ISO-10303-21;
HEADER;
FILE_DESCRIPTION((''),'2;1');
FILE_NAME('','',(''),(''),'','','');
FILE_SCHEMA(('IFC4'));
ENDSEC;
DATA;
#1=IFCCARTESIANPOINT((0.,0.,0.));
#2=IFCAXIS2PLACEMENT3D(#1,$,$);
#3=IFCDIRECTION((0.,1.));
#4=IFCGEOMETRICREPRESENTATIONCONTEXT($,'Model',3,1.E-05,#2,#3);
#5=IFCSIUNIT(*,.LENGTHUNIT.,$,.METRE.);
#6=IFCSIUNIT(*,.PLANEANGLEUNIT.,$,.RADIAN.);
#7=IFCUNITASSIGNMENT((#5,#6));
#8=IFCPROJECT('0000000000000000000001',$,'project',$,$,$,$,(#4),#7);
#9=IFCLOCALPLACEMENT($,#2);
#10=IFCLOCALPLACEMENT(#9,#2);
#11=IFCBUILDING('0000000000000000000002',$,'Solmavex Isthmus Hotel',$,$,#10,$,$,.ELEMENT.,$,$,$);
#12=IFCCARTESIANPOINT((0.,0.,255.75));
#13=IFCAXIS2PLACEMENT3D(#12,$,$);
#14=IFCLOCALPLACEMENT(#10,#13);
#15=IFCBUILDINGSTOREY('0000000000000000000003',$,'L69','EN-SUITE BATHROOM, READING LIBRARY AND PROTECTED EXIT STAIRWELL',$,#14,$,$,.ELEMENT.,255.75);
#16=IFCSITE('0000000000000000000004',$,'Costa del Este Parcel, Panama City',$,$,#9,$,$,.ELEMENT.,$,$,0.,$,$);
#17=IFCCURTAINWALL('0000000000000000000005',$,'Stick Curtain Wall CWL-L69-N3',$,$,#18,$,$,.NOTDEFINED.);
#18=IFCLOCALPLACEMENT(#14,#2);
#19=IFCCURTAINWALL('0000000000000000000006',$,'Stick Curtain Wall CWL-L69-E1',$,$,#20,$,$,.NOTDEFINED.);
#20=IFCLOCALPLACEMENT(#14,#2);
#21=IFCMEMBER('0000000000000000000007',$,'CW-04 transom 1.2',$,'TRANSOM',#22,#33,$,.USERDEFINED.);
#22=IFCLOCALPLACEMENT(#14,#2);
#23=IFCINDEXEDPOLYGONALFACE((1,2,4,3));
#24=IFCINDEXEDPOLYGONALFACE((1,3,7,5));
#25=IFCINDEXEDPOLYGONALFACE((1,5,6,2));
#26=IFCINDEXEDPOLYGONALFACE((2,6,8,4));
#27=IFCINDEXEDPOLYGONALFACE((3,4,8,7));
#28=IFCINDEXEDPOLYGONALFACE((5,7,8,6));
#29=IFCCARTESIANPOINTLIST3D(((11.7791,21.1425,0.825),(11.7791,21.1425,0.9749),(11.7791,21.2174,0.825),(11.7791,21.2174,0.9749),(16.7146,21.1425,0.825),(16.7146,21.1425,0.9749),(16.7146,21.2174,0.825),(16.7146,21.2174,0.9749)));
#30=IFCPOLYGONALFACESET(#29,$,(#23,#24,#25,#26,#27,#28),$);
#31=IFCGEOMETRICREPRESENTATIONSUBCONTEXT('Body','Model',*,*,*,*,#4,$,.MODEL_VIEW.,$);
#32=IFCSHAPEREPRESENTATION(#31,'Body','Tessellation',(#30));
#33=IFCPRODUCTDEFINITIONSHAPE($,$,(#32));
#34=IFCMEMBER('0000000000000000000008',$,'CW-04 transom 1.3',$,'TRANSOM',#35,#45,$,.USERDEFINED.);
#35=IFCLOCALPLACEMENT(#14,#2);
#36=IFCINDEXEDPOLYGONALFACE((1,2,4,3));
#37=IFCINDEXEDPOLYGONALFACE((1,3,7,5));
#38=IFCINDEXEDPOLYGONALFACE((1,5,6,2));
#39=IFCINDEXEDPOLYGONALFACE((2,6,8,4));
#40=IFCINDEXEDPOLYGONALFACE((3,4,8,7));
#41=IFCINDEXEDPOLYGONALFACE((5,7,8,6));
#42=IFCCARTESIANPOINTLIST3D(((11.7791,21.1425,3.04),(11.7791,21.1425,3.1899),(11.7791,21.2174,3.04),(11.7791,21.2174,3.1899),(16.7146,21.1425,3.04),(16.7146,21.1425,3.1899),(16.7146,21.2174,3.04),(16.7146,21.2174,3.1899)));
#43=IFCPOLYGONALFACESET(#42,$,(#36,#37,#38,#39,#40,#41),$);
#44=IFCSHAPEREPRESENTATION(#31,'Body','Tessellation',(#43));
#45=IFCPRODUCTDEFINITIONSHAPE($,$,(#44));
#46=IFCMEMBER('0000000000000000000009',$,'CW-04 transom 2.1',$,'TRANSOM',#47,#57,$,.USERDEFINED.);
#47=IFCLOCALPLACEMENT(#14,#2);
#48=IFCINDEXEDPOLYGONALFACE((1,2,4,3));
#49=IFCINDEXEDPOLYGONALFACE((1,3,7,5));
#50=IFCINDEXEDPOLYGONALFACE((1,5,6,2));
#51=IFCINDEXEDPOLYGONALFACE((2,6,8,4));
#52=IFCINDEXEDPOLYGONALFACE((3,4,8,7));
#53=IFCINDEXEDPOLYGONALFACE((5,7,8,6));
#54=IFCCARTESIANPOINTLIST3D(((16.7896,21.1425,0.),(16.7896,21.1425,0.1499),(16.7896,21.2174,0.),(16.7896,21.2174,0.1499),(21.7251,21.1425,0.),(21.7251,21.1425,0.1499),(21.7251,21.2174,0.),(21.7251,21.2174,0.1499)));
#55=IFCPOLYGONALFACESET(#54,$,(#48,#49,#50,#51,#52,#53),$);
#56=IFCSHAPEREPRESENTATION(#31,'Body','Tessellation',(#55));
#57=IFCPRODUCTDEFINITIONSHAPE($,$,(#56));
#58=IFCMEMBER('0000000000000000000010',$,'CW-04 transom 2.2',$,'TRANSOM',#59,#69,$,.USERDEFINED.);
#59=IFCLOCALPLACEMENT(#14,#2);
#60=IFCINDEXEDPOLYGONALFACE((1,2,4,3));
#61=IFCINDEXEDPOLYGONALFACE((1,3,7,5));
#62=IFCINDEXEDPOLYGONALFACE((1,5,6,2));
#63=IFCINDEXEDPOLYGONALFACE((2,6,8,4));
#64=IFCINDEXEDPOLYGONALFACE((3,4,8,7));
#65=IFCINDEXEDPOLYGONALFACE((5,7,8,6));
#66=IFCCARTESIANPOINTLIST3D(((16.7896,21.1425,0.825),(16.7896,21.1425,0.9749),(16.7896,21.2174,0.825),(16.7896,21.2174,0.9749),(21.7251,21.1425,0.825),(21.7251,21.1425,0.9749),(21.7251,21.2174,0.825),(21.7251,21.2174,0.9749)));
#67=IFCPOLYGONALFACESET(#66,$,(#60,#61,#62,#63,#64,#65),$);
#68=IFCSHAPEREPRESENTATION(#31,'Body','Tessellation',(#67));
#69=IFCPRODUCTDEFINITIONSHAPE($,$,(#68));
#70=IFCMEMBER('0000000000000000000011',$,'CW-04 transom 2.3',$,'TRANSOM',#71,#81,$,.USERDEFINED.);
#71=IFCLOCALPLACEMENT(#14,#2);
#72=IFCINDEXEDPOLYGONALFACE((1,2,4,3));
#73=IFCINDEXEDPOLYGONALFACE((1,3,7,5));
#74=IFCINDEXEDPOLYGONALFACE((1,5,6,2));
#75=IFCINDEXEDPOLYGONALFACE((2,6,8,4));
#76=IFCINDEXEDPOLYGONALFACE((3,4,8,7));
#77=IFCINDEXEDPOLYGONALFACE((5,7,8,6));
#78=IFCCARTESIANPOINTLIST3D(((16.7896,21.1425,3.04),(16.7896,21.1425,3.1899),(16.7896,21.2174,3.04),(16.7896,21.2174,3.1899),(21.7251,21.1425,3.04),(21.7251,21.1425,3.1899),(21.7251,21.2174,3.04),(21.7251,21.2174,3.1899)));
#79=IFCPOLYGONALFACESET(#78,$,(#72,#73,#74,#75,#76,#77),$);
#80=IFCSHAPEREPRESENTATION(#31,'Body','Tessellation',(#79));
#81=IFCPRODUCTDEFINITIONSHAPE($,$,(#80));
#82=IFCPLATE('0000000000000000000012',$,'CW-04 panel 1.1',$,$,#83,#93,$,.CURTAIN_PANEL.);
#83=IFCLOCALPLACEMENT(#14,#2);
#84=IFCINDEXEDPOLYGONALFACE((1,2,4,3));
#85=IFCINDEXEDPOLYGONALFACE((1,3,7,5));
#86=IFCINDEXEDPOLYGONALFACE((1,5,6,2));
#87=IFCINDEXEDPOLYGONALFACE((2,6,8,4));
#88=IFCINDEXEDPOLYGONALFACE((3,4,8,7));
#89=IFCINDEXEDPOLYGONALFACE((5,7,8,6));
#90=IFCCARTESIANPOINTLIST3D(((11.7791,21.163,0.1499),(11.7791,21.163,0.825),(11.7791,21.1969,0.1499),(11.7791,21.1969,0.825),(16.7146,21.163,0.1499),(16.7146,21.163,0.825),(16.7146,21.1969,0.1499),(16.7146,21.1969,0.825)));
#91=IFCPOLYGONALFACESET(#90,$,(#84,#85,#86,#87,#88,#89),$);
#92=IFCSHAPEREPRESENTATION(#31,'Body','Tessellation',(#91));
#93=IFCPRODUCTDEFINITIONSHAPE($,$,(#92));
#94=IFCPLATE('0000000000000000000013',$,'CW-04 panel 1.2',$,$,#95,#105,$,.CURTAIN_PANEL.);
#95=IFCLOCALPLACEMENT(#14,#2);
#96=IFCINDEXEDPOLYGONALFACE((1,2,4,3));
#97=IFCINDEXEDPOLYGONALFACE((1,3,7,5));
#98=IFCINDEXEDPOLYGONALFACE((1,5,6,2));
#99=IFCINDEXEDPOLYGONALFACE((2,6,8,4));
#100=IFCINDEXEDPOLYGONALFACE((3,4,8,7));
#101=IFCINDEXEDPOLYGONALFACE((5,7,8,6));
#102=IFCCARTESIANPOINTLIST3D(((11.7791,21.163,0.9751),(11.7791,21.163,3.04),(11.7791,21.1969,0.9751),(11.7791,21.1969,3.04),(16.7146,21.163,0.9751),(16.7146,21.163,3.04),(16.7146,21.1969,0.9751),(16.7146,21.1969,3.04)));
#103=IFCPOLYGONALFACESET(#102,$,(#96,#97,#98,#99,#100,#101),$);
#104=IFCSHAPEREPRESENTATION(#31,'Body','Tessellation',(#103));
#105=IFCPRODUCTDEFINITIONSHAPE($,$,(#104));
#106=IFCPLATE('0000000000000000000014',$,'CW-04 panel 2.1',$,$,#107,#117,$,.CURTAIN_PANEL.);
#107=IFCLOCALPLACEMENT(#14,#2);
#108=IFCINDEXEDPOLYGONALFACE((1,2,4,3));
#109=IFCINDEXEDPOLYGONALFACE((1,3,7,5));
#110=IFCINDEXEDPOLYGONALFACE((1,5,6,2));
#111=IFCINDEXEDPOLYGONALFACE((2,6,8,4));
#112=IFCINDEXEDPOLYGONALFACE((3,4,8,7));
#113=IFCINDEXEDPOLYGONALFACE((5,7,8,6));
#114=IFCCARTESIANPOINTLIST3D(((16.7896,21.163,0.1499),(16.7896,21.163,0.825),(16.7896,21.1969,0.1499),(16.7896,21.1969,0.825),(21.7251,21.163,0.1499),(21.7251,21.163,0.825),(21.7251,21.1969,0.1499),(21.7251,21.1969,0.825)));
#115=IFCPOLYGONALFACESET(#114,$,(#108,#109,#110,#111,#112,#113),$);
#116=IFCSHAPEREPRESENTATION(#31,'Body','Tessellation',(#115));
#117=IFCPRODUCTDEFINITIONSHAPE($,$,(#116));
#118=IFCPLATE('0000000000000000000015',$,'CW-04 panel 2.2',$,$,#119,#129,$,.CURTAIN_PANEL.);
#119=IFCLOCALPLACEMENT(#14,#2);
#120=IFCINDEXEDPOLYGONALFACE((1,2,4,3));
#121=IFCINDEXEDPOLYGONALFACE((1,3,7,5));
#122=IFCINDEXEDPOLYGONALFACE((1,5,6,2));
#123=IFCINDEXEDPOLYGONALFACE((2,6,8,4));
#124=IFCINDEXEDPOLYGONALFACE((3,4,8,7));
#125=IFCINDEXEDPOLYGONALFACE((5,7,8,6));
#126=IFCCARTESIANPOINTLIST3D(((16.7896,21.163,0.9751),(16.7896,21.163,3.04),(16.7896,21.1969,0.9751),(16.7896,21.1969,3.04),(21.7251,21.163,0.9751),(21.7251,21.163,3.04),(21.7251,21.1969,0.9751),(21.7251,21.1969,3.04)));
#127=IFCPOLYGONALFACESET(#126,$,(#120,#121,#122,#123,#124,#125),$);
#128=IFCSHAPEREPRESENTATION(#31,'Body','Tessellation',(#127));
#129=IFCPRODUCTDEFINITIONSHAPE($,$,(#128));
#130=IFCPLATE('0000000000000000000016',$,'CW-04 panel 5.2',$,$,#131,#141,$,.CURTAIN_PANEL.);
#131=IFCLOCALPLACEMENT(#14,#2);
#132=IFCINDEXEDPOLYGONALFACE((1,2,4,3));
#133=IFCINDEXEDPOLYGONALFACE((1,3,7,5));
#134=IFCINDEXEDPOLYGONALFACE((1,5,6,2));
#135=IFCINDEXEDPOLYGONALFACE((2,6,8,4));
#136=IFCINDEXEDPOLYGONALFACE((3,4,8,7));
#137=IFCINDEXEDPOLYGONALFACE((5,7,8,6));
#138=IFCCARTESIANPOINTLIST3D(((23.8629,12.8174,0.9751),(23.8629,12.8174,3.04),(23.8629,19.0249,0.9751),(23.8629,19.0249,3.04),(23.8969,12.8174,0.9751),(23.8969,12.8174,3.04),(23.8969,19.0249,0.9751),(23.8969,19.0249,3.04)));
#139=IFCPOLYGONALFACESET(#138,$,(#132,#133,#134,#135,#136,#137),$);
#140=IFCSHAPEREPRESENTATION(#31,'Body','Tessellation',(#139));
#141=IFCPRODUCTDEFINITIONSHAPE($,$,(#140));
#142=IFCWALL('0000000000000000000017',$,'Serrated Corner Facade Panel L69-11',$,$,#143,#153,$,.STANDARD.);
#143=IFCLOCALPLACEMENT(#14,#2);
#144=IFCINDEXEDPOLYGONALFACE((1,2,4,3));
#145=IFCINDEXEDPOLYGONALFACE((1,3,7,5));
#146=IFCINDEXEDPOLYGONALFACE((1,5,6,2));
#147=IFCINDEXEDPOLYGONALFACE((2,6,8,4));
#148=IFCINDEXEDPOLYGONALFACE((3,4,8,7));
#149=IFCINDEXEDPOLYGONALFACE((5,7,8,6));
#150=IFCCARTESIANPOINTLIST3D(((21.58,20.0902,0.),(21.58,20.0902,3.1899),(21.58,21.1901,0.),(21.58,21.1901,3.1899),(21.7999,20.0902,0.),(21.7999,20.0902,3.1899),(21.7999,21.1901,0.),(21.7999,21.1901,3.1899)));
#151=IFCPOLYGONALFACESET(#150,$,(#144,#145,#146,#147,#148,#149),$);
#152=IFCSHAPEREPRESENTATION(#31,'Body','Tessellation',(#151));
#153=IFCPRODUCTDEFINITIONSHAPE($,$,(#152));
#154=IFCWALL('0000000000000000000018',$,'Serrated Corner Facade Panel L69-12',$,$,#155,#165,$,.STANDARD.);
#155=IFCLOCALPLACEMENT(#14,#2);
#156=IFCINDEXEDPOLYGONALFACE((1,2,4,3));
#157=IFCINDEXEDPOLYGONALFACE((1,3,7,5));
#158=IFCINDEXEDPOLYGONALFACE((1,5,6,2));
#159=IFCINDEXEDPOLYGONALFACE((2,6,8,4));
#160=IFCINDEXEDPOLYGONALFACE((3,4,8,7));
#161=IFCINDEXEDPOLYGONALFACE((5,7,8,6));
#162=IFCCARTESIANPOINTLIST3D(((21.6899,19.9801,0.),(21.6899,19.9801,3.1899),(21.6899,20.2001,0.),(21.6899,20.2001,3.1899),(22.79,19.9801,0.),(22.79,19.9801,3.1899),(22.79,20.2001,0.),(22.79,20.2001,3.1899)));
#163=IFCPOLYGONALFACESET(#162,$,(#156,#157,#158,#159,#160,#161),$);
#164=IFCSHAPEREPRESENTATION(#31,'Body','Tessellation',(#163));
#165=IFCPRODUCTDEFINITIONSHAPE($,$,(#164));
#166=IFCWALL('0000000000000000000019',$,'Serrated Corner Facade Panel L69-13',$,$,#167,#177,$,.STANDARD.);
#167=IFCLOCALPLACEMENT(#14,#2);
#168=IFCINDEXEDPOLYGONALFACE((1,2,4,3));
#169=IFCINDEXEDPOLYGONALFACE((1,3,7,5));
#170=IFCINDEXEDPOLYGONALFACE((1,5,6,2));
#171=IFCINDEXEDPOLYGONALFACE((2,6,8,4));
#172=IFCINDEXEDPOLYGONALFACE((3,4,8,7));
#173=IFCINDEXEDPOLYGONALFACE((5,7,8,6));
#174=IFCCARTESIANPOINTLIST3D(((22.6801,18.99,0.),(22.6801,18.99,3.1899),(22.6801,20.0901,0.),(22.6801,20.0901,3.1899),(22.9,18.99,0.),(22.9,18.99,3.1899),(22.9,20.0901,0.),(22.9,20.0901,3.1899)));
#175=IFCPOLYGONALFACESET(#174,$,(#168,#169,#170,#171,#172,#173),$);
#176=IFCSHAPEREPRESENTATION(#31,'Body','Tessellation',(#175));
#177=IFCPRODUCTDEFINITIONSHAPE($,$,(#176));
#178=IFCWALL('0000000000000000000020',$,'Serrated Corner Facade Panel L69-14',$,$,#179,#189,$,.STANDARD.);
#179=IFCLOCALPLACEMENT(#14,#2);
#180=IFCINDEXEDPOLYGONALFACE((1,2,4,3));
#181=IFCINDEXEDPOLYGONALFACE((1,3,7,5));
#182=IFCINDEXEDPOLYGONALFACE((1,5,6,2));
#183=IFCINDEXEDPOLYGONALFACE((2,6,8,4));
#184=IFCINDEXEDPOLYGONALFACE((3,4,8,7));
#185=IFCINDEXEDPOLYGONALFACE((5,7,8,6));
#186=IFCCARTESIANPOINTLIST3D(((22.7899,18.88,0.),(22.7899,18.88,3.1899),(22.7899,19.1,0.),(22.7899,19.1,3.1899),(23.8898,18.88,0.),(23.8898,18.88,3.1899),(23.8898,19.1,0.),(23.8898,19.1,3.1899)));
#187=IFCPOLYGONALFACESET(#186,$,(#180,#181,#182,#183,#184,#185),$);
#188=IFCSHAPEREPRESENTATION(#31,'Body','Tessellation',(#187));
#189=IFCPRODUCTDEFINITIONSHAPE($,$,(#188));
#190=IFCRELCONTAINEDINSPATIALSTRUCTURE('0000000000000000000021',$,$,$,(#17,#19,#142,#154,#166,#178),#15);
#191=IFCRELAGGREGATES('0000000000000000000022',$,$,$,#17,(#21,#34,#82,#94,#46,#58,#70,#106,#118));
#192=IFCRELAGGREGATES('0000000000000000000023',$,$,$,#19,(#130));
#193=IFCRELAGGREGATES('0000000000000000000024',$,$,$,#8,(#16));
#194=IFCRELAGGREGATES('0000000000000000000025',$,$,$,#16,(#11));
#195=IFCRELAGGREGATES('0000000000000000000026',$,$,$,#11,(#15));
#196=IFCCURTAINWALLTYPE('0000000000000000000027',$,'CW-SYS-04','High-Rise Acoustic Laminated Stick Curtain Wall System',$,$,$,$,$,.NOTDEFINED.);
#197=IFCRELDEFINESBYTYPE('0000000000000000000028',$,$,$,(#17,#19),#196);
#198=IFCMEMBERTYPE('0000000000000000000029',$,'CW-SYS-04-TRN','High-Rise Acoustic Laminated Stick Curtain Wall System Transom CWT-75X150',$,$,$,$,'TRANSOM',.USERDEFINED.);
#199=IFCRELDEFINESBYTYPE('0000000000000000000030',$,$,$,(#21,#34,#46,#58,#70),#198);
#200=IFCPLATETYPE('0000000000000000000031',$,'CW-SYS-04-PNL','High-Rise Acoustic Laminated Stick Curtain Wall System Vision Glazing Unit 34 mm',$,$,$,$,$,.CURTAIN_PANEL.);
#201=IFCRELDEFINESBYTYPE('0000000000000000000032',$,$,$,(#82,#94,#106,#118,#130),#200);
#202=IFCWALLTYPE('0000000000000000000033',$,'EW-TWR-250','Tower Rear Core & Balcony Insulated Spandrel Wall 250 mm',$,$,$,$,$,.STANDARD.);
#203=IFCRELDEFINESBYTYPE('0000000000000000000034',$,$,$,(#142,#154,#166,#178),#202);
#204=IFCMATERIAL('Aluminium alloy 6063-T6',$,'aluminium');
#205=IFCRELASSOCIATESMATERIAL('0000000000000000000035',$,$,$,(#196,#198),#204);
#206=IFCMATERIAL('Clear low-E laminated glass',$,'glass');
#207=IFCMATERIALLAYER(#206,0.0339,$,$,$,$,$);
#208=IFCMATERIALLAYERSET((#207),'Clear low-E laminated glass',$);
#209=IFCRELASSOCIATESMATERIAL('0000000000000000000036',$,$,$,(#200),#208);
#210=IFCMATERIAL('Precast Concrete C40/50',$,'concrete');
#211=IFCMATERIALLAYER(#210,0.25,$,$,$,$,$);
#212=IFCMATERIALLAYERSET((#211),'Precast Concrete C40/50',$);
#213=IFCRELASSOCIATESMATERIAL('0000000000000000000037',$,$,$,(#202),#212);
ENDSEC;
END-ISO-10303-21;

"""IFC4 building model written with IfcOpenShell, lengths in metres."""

from ifc_helpers import new_model, si_unit, direction, frame, frame_2d, origin, origin_2d, place, context, subcontext, project, spatial, rectangle, extrude, material, layer, layer_set, material_profile, profile_set, type_object, element, aggregate, save


model = new_model("IFC4")

# Units and contexts
model_context = context("Model", 3, precision=1e-05, world=origin(), true_north=direction((0.0, 1.0)))
body_context = subcontext(model_context, "Body", "Model", "MODEL_VIEW")
ifc_project = project(units=[si_unit("LENGTHUNIT", "METRE"), si_unit("PLANEANGLEUNIT", "RADIAN")], contexts=[model_context])

# Site, building, storey
site_placement = place(None, origin())
site = spatial("IfcSite", under=ifc_project, at=site_placement, Name="Costa del Este Parcel, Panama City", CompositionType="ELEMENT", RefElevation=0.0)
building_placement = place(site_placement, origin())
building = spatial("IfcBuilding", under=site, at=building_placement, Name="Solmavex Isthmus Hotel", CompositionType="ELEMENT")
storey_placement = place(building_placement, frame((0.0, 0.0, 255.75)))
storey = spatial("IfcBuildingStorey", under=building, at=storey_placement, Name="L69", Description="EN-SUITE BATHROOM, READING LIBRARY AND PROTECTED EXIT STAIRWELL", CompositionType="ELEMENT", Elevation=255.75)

# Curtain wall
ifc_material_1 = material(Name="Aluminium alloy 6063-T6", Category="aluminium")
curtain_wall_type = type_object("IfcCurtainWallType", Name="CW-SYS-04", Description="High-Rise Acoustic Laminated Stick Curtain Wall System", PredefinedType="NOTDEFINED", material=ifc_material_1)
curtain_wall_1_placement = place(storey_placement, origin())
curtain_wall_1 = element("IfcCurtainWall", 1, at=curtain_wall_1_placement, inside=storey, type_object=curtain_wall_type, Name="Stick Curtain Wall CWL-L69-N3", PredefinedType="NOTDEFINED")

# Curtain wall
curtain_wall_2_placement = place(storey_placement, origin())
curtain_wall_2 = element("IfcCurtainWall", 2, at=curtain_wall_2_placement, inside=storey, type_object=curtain_wall_type, Name="Stick Curtain Wall CWL-L69-E1", PredefinedType="NOTDEFINED")

# Members
ifc_material_profile_1 = material_profile(ifc_material_1, rectangle(XDim=0.075, YDim=0.1499, at=origin_2d()), Name="CWT-75X150")
ifc_profile_set_1 = profile_set([ifc_material_profile_1], Name="Aluminium alloy 6063-T6")
member_type_1 = type_object("IfcMemberType", Name="CW-SYS-04-TRN", Description="High-Rise Acoustic Laminated Stick Curtain Wall System Transom CWT-75X150", ElementType="TRANSOM", PredefinedType="USERDEFINED", material=ifc_profile_set_1)
member_1_placement = place(storey_placement, frame((11.7791, 21.1799, 0.8999), z_axis=(1.0, 0.0, 0.0), x_axis=(0.0, 1.0, 0.0)))
member_1 = element("IfcMember", 3, at=member_1_placement, type_object=member_type_1, Name="CW-04 transom 1.2", ObjectType="TRANSOM", PredefinedType="USERDEFINED", context=body_context, shape_type="SweptSolid", body=[
    extrude(rectangle(XDim=0.075, YDim=0.1499, at=origin_2d()), origin(), (0.0, 0.0, 1.0), 4.9355),
])
member_2_placement = place(storey_placement, frame((11.7791, 21.1799, 3.115), z_axis=(1.0, 0.0, 0.0), x_axis=(0.0, 1.0, 0.0)))
member_2 = element("IfcMember", 4, at=member_2_placement, type_object=member_type_1, Name="CW-04 transom 1.3", ObjectType="TRANSOM", PredefinedType="USERDEFINED", context=body_context, shape_type="SweptSolid", body=[
    extrude(rectangle(XDim=0.075, YDim=0.1499, at=origin_2d()), origin(), (0.0, 0.0, 1.0), 4.9355),
])
member_3_placement = place(storey_placement, frame((16.7896, 21.1799, 0.075), z_axis=(1.0, 0.0, 0.0), x_axis=(0.0, 1.0, 0.0)))
member_3 = element("IfcMember", 5, at=member_3_placement, type_object=member_type_1, Name="CW-04 transom 2.1", ObjectType="TRANSOM", PredefinedType="USERDEFINED", context=body_context, shape_type="SweptSolid", body=[
    extrude(rectangle(XDim=0.075, YDim=0.1499, at=origin_2d()), origin(), (0.0, 0.0, 1.0), 4.9355),
])
member_4_placement = place(storey_placement, frame((16.7896, 21.1799, 0.8999), z_axis=(1.0, 0.0, 0.0), x_axis=(0.0, 1.0, 0.0)))
member_4 = element("IfcMember", 6, at=member_4_placement, type_object=member_type_1, Name="CW-04 transom 2.2", ObjectType="TRANSOM", PredefinedType="USERDEFINED", context=body_context, shape_type="SweptSolid", body=[
    extrude(rectangle(XDim=0.075, YDim=0.1499, at=origin_2d()), origin(), (0.0, 0.0, 1.0), 4.9355),
])
member_5_placement = place(storey_placement, frame((16.7896, 21.1799, 3.115), z_axis=(1.0, 0.0, 0.0), x_axis=(0.0, 1.0, 0.0)))
member_5 = element("IfcMember", 7, at=member_5_placement, type_object=member_type_1, Name="CW-04 transom 2.3", ObjectType="TRANSOM", PredefinedType="USERDEFINED", context=body_context, shape_type="SweptSolid", body=[
    extrude(rectangle(XDim=0.075, YDim=0.1499, at=origin_2d()), origin(), (0.0, 0.0, 1.0), 4.9355),
])

# Plates
ifc_material_2 = material(Name="Clear low-E laminated glass", Category="glass")
ifc_layer_1 = layer(ifc_material_2, 0.0339)
ifc_layer_set_1 = layer_set([ifc_layer_1], Name="Clear low-E laminated glass")
plate_type = type_object("IfcPlateType", Name="CW-SYS-04-PNL", Description="High-Rise Acoustic Laminated Stick Curtain Wall System Vision Glazing Unit 34 mm", PredefinedType="CURTAIN_PANEL", material=ifc_layer_set_1)
plate_1_placement = place(storey_placement, frame((14.2468, 21.1799, 0.1499), z_axis=(0.0, 0.0, 1.0), x_axis=(1.0, 0.0, 0.0)))
plate_1 = element("IfcPlate", 8, at=plate_1_placement, type_object=plate_type, Name="CW-04 panel 1.1", PredefinedType="CURTAIN_PANEL", context=body_context, shape_type="SweptSolid", body=[
    extrude(rectangle(XDim=4.9355, YDim=0.0339, at=origin_2d()), origin(), (0.0, 0.0, 1.0), 0.675),
])
plate_2_placement = place(storey_placement, frame((14.2468, 21.1799, 0.9751), z_axis=(0.0, 0.0, 1.0), x_axis=(1.0, 0.0, 0.0)))
plate_2 = element("IfcPlate", 9, at=plate_2_placement, type_object=plate_type, Name="CW-04 panel 1.2", PredefinedType="CURTAIN_PANEL", context=body_context, shape_type="SweptSolid", body=[
    extrude(rectangle(XDim=4.9355, YDim=0.0339, at=origin_2d()), origin(), (0.0, 0.0, 1.0), 2.0649),
])
plate_3_placement = place(storey_placement, frame((19.2573, 21.1799, 0.1499), z_axis=(0.0, 0.0, 1.0), x_axis=(1.0, 0.0, 0.0)))
plate_3 = element("IfcPlate", 10, at=plate_3_placement, type_object=plate_type, Name="CW-04 panel 2.1", PredefinedType="CURTAIN_PANEL", context=body_context, shape_type="SweptSolid", body=[
    extrude(rectangle(XDim=4.9355, YDim=0.0339, at=origin_2d()), origin(), (0.0, 0.0, 1.0), 0.675),
])
plate_4_placement = place(storey_placement, frame((19.2573, 21.1799, 0.9751), z_axis=(0.0, 0.0, 1.0), x_axis=(1.0, 0.0, 0.0)))
plate_4 = element("IfcPlate", 11, at=plate_4_placement, type_object=plate_type, Name="CW-04 panel 2.2", PredefinedType="CURTAIN_PANEL", context=body_context, shape_type="SweptSolid", body=[
    extrude(rectangle(XDim=4.9355, YDim=0.0339, at=origin_2d()), origin(), (0.0, 0.0, 1.0), 2.0649),
])
aggregate(curtain_wall_1, [member_1, member_2, plate_1, plate_2, member_3, member_4, member_5, plate_3, plate_4])
plate_5_placement = place(storey_placement, frame((23.8799, 15.9211, 0.9751), z_axis=(0.0, 0.0, 1.0), x_axis=(0.0, 1.0, 0.0)))
plate_5 = element("IfcPlate", 12, at=plate_5_placement, type_object=plate_type, Name="CW-04 panel 5.2", PredefinedType="CURTAIN_PANEL", context=body_context, shape_type="SweptSolid", body=[
    extrude(rectangle(XDim=6.2075, YDim=0.0339, at=origin_2d()), origin(), (0.0, 0.0, 1.0), 2.0649),
])
aggregate(curtain_wall_2, [plate_5])

# Walls
ifc_material_3 = material(Name="Precast Concrete C40/50", Category="concrete")
ifc_layer_2 = layer(ifc_material_3, 0.25)
ifc_layer_set_2 = layer_set([ifc_layer_2], Name="Precast Concrete C40/50")
wall_type_1 = type_object("IfcWallType", Name="EW-TWR-250", Description="Tower Rear Core & Balcony Insulated Spandrel Wall 250 mm", PredefinedType="STANDARD", material=ifc_layer_set_2)
wall_1_placement = place(storey_placement, frame((21.6899, 21.1899, 0.0), z_axis=(0.0, 0.0, 1.0), x_axis=(0.0, -1.0, 0.0)))
element("IfcWall", 13, at=wall_1_placement, inside=storey, type_object=wall_type_1, Name="Serrated Corner Facade Panel L69-11", PredefinedType="STANDARD", context=body_context, shape_type="SweptSolid", body=[
    extrude(rectangle(XDim=1.0999, YDim=0.22, at=frame_2d((0.5498, 0.0))), origin(), (0.0, 0.0, 1.0), 3.1899),
])
for number, where, z_axis, x_axis, name in (
    (14, (21.6899, 20.0901, 0.0), (0.0, 0.0, 1.0), (1.0, 0.0, 0.0), "Serrated Corner Facade Panel L69-12"),
    (15, (22.79, 20.0901, 0.0), (0.0, 0.0, 1.0), (0.0, -1.0, 0.0), "Serrated Corner Facade Panel L69-13"),
):
    element("IfcWall", number, at=place(storey_placement, frame(where, z_axis=z_axis, x_axis=x_axis)), inside=storey, type_object=wall_type_1, Name=name, PredefinedType="STANDARD", context=body_context, shape_type="SweptSolid", body=[
        extrude(rectangle(XDim=1.1001, YDim=0.22, at=frame_2d((0.55, 0.0))), origin(), (0.0, 0.0, 1.0), 3.1899),
    ])
wall_2_placement = place(storey_placement, frame((22.79, 18.99, 0.0), z_axis=(0.0, 0.0, 1.0), x_axis=(1.0, 0.0, 0.0)))
element("IfcWall", 16, at=wall_2_placement, inside=storey, type_object=wall_type_1, Name="Serrated Corner Facade Panel L69-14", PredefinedType="STANDARD", context=body_context, shape_type="SweptSolid", body=[
    extrude(rectangle(XDim=1.0999, YDim=0.22, at=frame_2d((0.5498, 0.0))), origin(), (0.0, 0.0, 1.0), 3.1899),
])

save(model, "model.ifc")
